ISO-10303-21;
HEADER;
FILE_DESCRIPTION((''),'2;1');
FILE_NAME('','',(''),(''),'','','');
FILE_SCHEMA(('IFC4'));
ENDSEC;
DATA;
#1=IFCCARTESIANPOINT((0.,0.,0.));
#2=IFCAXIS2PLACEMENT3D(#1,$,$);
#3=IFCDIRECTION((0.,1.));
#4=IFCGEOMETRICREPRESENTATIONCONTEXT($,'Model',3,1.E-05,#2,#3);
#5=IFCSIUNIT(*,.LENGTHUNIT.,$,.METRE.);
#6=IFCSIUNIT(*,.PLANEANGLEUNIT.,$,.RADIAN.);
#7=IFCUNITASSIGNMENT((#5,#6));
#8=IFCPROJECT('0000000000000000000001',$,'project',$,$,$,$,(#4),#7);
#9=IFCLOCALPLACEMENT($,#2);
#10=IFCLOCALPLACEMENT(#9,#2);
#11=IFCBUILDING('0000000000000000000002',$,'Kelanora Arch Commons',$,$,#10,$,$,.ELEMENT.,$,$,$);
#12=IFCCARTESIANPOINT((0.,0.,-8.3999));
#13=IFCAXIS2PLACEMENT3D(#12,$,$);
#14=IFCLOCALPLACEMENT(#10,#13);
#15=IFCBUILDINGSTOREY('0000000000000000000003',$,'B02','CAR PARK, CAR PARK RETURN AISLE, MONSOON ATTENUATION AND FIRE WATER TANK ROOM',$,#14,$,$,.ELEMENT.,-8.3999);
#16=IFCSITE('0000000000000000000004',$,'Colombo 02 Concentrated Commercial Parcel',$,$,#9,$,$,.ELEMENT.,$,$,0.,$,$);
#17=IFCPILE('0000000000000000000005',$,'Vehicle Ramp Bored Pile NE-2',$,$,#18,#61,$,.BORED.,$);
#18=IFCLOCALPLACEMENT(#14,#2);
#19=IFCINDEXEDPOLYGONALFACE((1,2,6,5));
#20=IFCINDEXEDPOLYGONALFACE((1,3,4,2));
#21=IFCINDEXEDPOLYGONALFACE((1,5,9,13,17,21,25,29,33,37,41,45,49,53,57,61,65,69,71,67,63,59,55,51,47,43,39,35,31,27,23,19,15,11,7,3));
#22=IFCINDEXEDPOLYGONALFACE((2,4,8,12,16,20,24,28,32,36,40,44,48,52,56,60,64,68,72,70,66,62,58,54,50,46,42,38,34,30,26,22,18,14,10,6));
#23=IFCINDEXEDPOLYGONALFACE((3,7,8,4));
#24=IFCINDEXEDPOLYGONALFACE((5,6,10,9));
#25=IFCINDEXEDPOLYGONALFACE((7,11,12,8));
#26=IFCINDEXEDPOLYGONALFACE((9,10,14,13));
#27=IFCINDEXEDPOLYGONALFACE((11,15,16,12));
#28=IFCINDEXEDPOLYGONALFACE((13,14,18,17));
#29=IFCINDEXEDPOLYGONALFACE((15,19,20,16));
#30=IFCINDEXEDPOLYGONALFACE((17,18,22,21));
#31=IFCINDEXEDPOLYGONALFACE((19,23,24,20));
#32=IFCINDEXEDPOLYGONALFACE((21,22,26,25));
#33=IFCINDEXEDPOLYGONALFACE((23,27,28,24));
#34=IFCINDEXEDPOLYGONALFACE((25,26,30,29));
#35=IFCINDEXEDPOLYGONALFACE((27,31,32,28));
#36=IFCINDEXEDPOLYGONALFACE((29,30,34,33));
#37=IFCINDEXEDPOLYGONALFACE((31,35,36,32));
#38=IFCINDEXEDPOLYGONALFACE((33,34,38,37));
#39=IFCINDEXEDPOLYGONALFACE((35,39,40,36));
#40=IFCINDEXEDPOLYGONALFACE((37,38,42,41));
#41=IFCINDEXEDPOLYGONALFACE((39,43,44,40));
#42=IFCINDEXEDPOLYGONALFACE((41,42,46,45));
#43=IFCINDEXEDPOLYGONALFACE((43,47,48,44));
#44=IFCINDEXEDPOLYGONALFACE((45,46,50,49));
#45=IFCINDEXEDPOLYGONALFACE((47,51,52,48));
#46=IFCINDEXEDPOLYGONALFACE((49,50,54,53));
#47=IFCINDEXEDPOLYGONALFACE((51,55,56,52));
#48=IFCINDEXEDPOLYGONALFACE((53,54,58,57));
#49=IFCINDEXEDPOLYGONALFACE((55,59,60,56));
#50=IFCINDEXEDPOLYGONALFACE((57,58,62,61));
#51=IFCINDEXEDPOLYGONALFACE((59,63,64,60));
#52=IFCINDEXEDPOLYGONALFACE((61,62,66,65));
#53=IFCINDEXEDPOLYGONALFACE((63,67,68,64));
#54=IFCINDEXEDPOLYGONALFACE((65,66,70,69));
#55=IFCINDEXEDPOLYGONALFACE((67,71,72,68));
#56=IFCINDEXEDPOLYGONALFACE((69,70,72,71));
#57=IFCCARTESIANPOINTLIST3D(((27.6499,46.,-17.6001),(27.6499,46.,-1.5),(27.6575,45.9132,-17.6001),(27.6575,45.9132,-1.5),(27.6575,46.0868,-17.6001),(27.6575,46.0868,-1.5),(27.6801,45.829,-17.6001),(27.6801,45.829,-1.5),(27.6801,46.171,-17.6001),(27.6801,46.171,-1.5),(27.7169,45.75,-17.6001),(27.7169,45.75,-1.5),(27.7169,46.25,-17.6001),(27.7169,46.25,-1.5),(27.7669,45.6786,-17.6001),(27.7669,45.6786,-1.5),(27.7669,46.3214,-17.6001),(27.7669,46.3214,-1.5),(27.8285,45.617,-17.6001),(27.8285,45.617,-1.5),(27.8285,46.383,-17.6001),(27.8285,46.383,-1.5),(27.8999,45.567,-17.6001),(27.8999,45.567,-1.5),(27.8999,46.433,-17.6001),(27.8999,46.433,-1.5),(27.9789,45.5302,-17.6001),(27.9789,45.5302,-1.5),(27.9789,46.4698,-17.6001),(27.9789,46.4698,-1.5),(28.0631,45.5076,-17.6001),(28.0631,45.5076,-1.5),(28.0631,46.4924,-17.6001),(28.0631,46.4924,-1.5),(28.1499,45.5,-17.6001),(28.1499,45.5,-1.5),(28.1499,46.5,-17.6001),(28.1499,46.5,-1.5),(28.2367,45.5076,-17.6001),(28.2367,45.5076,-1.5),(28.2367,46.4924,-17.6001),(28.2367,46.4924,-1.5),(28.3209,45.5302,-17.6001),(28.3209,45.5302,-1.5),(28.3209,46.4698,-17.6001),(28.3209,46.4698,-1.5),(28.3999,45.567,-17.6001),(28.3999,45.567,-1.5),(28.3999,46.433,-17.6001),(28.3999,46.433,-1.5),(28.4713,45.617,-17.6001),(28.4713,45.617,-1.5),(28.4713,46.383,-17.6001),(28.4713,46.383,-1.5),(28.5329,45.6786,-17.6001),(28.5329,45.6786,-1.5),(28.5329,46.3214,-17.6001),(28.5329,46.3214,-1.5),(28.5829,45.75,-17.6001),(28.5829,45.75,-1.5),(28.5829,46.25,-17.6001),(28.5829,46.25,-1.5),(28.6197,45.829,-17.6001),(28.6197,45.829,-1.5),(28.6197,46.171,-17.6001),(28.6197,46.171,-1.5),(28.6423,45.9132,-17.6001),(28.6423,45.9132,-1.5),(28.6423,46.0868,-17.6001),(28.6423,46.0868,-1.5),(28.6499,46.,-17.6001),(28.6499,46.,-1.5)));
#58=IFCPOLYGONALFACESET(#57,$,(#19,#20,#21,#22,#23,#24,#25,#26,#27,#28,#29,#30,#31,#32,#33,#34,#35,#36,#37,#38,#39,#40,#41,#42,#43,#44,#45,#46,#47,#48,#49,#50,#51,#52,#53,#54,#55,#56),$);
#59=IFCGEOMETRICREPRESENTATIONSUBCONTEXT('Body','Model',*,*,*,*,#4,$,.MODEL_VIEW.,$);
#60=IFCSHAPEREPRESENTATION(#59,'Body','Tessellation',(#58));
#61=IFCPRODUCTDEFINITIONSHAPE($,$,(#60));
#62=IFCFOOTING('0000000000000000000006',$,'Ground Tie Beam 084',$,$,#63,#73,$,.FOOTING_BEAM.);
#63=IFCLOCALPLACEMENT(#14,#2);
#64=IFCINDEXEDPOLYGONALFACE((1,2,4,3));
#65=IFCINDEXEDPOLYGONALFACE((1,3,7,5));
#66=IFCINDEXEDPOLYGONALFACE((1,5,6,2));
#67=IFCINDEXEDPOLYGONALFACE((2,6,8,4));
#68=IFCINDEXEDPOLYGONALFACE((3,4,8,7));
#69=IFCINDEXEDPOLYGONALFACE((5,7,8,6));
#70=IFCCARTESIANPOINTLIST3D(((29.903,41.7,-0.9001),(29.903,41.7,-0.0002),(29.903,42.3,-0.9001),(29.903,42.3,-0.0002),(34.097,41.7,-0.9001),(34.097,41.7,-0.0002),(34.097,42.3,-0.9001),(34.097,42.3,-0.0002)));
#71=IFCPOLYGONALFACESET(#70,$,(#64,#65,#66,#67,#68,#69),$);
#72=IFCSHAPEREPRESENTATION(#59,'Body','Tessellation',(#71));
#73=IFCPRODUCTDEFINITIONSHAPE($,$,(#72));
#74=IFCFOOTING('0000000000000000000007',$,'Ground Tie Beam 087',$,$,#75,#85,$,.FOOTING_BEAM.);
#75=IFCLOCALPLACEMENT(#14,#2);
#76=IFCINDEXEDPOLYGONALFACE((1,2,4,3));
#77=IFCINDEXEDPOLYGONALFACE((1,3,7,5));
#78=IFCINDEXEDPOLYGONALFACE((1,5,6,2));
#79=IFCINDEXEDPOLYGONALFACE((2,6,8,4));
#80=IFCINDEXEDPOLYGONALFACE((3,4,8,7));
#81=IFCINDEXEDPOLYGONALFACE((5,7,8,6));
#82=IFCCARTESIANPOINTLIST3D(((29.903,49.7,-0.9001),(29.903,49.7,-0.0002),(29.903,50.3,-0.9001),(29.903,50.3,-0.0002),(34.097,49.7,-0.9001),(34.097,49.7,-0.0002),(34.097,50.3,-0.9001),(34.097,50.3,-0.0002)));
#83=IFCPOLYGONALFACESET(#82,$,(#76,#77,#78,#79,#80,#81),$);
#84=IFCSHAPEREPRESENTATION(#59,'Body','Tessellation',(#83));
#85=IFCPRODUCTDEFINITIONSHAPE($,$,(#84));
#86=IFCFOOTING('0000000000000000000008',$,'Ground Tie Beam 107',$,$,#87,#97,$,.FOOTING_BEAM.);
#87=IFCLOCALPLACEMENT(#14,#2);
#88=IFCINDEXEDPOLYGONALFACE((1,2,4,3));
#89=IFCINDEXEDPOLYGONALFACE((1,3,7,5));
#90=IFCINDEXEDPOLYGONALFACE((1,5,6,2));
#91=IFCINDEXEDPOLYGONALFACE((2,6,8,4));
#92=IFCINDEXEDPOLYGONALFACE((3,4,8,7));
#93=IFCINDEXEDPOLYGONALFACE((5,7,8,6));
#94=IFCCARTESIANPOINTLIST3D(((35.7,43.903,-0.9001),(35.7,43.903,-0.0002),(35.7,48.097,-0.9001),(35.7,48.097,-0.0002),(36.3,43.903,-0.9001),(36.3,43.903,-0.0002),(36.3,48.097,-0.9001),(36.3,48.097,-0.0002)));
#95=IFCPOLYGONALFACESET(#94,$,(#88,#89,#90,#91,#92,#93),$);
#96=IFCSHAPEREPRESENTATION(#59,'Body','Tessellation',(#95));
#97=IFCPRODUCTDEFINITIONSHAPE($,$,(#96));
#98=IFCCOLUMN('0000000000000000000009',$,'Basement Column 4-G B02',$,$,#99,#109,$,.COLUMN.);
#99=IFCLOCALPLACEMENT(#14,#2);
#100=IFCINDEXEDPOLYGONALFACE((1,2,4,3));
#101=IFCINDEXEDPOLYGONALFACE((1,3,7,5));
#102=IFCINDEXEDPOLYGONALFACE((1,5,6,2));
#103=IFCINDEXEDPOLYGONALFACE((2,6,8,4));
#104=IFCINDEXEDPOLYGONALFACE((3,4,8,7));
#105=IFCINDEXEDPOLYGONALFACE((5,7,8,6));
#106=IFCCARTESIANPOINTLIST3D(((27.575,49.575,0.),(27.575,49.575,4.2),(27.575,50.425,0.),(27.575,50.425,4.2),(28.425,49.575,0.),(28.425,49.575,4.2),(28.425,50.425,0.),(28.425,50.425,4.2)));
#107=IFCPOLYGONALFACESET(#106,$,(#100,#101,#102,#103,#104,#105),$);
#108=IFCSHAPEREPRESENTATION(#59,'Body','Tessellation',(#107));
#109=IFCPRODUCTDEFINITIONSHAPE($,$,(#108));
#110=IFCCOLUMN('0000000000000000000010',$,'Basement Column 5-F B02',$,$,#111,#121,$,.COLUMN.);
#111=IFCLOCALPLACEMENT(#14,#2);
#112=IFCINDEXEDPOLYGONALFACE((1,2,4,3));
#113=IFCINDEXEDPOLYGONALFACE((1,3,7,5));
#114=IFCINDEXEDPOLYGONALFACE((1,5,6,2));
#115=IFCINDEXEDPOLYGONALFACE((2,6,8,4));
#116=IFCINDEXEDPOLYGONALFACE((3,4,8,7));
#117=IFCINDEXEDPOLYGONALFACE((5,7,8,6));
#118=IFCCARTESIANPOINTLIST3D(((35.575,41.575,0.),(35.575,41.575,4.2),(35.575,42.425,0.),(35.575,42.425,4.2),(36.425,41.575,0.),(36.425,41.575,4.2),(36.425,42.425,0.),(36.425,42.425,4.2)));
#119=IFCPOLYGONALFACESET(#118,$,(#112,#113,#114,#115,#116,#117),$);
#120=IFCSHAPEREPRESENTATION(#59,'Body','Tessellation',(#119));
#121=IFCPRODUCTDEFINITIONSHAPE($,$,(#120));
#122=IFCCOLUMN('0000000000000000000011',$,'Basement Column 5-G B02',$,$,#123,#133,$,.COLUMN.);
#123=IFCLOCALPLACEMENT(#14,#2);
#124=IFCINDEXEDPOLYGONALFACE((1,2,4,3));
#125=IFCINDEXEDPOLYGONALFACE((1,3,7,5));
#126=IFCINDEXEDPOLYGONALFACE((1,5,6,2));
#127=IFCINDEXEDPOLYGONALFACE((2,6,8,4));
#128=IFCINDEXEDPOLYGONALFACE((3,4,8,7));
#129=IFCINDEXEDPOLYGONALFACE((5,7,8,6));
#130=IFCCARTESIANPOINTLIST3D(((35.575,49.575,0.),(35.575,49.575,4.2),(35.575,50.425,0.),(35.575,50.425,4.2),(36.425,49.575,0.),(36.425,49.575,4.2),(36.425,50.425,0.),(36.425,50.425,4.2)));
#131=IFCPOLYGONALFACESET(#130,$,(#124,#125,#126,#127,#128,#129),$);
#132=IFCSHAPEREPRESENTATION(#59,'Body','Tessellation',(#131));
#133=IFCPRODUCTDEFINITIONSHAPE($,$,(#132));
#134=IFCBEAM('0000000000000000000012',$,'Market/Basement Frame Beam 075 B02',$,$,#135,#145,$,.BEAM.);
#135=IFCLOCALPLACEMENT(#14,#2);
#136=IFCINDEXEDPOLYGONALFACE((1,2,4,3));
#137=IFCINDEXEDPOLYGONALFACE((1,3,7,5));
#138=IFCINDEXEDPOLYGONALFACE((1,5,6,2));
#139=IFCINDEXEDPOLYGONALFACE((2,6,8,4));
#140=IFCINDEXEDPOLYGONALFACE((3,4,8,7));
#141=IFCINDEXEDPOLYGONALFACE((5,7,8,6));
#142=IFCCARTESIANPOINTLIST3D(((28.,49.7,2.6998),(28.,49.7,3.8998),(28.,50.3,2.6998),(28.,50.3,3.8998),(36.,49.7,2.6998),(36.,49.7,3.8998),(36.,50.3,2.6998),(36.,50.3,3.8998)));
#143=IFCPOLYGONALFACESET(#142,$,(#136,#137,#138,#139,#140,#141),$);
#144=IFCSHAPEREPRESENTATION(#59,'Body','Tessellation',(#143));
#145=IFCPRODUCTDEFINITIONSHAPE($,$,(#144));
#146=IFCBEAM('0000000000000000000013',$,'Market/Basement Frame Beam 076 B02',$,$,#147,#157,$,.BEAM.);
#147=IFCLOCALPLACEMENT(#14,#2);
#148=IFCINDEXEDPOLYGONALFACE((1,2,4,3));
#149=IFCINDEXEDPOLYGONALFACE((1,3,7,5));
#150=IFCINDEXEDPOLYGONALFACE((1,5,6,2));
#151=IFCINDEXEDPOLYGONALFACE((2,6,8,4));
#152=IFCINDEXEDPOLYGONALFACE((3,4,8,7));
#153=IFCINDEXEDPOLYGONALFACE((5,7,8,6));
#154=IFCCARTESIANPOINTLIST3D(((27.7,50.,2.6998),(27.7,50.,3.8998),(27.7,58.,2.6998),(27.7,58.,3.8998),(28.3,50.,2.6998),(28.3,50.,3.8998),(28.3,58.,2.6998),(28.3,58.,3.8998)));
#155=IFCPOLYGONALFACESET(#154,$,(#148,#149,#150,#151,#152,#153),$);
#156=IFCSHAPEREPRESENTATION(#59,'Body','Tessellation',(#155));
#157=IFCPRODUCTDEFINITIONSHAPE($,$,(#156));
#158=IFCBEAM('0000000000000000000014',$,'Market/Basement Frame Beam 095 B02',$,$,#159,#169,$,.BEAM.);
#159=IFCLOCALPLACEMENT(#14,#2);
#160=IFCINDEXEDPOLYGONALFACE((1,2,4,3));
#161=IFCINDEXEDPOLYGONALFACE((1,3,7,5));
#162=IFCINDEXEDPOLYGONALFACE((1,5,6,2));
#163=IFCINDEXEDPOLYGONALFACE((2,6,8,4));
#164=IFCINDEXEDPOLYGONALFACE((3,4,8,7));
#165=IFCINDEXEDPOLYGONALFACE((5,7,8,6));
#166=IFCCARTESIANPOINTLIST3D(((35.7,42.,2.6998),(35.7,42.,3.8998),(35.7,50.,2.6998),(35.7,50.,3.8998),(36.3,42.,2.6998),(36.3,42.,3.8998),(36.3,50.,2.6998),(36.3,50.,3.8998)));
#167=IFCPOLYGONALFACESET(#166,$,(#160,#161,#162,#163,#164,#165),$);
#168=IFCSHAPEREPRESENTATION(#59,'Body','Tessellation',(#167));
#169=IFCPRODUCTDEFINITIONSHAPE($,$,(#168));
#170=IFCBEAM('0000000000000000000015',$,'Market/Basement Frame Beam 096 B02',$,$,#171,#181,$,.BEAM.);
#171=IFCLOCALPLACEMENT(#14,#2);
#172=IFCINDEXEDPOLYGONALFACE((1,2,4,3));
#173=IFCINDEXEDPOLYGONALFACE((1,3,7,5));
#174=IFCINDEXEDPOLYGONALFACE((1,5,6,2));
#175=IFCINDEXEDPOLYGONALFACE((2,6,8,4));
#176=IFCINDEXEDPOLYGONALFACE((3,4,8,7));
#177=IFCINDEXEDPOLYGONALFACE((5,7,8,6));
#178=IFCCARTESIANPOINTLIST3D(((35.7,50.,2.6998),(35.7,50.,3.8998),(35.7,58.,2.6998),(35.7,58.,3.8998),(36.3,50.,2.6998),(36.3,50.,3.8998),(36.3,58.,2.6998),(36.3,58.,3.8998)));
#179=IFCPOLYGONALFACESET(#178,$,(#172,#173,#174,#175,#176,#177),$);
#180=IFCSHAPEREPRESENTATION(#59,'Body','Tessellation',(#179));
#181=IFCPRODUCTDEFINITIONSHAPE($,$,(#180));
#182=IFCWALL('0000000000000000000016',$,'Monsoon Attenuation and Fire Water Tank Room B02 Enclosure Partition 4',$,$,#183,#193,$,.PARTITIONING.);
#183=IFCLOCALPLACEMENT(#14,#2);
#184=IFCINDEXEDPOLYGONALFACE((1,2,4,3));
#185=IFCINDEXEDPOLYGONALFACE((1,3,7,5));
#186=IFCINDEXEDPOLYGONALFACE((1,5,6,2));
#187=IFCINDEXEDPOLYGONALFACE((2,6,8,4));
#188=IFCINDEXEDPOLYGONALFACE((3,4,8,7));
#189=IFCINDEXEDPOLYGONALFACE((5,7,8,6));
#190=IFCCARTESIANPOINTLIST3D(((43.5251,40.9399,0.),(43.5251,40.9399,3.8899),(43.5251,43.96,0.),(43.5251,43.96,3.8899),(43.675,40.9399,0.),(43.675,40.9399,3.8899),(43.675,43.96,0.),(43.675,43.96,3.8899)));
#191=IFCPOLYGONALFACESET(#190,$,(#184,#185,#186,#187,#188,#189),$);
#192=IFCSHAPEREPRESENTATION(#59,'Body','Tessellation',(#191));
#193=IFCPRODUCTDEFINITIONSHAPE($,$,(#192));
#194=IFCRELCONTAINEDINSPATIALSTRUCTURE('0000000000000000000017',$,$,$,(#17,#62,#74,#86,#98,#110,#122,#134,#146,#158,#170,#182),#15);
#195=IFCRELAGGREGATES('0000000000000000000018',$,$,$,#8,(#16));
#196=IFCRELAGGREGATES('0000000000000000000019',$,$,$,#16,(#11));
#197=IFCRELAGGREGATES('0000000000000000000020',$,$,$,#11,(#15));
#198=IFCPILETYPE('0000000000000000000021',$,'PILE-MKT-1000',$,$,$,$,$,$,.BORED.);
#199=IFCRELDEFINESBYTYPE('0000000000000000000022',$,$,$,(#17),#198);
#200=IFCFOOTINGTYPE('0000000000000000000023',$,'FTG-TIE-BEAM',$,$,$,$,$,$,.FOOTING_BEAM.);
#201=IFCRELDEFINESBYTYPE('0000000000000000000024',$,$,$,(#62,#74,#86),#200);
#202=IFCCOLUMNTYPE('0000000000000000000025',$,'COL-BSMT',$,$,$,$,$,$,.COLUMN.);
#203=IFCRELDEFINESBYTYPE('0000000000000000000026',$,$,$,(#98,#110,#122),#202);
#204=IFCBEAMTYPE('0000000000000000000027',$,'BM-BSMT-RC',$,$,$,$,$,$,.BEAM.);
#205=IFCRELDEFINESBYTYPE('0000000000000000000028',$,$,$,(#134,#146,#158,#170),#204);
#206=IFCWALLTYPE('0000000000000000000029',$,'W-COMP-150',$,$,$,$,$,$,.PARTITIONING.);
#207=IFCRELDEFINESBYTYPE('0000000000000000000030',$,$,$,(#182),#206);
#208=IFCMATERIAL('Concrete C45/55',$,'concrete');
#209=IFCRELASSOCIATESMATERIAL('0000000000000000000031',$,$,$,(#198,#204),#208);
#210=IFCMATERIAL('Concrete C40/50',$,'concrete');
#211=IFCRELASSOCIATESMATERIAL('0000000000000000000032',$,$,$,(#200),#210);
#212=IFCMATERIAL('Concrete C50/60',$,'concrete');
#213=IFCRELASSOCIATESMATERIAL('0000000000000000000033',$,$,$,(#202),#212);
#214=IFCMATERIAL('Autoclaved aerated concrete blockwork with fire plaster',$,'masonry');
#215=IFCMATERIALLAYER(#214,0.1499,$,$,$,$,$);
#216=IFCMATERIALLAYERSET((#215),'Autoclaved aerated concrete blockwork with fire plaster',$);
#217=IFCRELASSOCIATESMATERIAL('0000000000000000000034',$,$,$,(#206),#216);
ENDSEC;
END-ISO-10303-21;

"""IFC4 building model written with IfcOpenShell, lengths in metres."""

from ifc_helpers import new_model, si_unit, direction, frame, frame_2d, origin, origin_2d, place, context, subcontext, project, spatial, rectangle, circle, extrude, source, transform, mapped, material, layer, layer_set, material_profile, profile_set, type_object, element, save


model = new_model("IFC4")

# Units and contexts
model_context = context("Model", 3, precision=1e-05, world=origin(), true_north=direction((0.0, 1.0)))
body_context = subcontext(model_context, "Body", "Model", "MODEL_VIEW")
ifc_project = project(units=[si_unit("LENGTHUNIT", "METRE"), si_unit("PLANEANGLEUNIT", "RADIAN")], contexts=[model_context])

# Site, building, storey
site_placement = place(None, origin())
site = spatial("IfcSite", under=ifc_project, at=site_placement, Name="Colombo 02 Concentrated Commercial Parcel", CompositionType="ELEMENT", RefElevation=0.0)
building_placement = place(site_placement, origin())
building = spatial("IfcBuilding", under=site, at=building_placement, Name="Kelanora Arch Commons", CompositionType="ELEMENT")
storey_placement = place(building_placement, frame((0.0, 0.0, -8.3999)))
storey = spatial("IfcBuildingStorey", under=building, at=storey_placement, Name="B02", Description="CAR PARK, CAR PARK RETURN AISLE, MONSOON ATTENUATION AND FIRE WATER TANK ROOM", CompositionType="ELEMENT", Elevation=-8.3999)

# Shared definitions
ifc_material_1 = material(Name="Concrete C40/50", Category="concrete")

# Pile
ifc_material_2 = material(Name="Concrete C45/55", Category="concrete")
ifc_material_profile_1 = material_profile(ifc_material_2, circle(Radius=0.5, at=origin_2d()), Name="PILE1000")
ifc_profile_set_1 = profile_set([ifc_material_profile_1], Name="Concrete C45/55")
pile_type = type_object("IfcPileType", Name="PILE-MKT-1000", PredefinedType="BORED", material=ifc_profile_set_1)
shared_shape_1 = source(origin(), body_context, "Body", "SweptSolid", [
    extrude(circle(Radius=0.5, at=origin_2d()), origin(), (0.0, 0.0, 1.0), 16.1001),
])
pile_placement = place(storey_placement, frame((28.1499, 46.0, -1.5), z_axis=(0.0, 0.0, -1.0), x_axis=(1.0, 0.0, 0.0)))
element("IfcPile", 1, at=pile_placement, inside=storey, type_object=pile_type, Name="Vehicle Ramp Bored Pile NE-2", PredefinedType="BORED", context=body_context, shape_type="MappedRepresentation", body=[
    mapped(shared_shape_1, transform((0.0, 0.0, 0.0), scale=1.0)),
])

# Footings
footing_type_1 = type_object("IfcFootingType", Name="FTG-TIE-BEAM", PredefinedType="FOOTING_BEAM", material=ifc_material_1)
shared_shape_2 = source(origin(), body_context, "Body", "SweptSolid", [
    extrude(rectangle(XDim=4.1941, YDim=0.6001, at=origin_2d()), origin(), (0.0, 0.0, 1.0), 0.8999),
])
for number, where, z_axis, x_axis, name in (
    (2, (32.0, 42.0, -0.9001), (0.0, 0.0, 1.0), (1.0, 0.0, 0.0), "Ground Tie Beam 084"),
    (3, (32.0, 50.0, -0.9001), (0.0, 0.0, 1.0), (1.0, 0.0, 0.0), "Ground Tie Beam 087"),
    (4, (36.0, 46.0, -0.9001), (0.0, 0.0, 1.0), (0.0, 1.0, 0.0), "Ground Tie Beam 107"),
):
    element("IfcFooting", number, at=place(storey_placement, frame(where, z_axis=z_axis, x_axis=x_axis)), inside=storey, type_object=footing_type_1, Name=name, PredefinedType="FOOTING_BEAM", context=body_context, shape_type="MappedRepresentation", body=[
        mapped(shared_shape_2, transform((0.0, 0.0, 0.0), scale=1.0)),
    ])

# Columns
ifc_material_3 = material(Name="Concrete C50/60", Category="concrete")
ifc_material_profile_2 = material_profile(ifc_material_3, rectangle(XDim=0.8501, YDim=0.8501, at=origin_2d()), Name="RC850x850")
ifc_profile_set_2 = profile_set([ifc_material_profile_2], Name="Concrete C50/60")
column_type = type_object("IfcColumnType", Name="COL-BSMT", PredefinedType="COLUMN", material=ifc_profile_set_2)
for number, where, z_axis, x_axis, name in (
    (5, (28.0, 50.0, 0.0), (0.0, 0.0, 1.0), (1.0, 0.0, 0.0), "Basement Column 4-G B02"),
    (6, (36.0, 42.0, 0.0), (0.0, 0.0, 1.0), (1.0, 0.0, 0.0), "Basement Column 5-F B02"),
    (7, (36.0, 50.0, 0.0), (0.0, 0.0, 1.0), (1.0, 0.0, 0.0), "Basement Column 5-G B02"),
):
    element("IfcColumn", number, at=place(storey_placement, frame(where, z_axis=z_axis, x_axis=x_axis)), inside=storey, type_object=column_type, Name=name, PredefinedType="COLUMN", context=body_context, shape_type="SweptSolid", body=[
        extrude(rectangle(XDim=0.8501, YDim=0.8501, at=origin_2d()), origin(), (0.0, 0.0, 1.0), 4.2),
    ])

# Beams
ifc_material_profile_3 = material_profile(ifc_material_2, rectangle(XDim=0.6001, YDim=1.2, at=origin_2d()), Name="RCB600x1200")
ifc_profile_set_3 = profile_set([ifc_material_profile_3], Name="Concrete C45/55")
beam_type = type_object("IfcBeamType", Name="BM-BSMT-RC", PredefinedType="BEAM", material=ifc_profile_set_3)
for number, where, z_axis, x_axis, name in (
    (8, (28.0, 50.0, 3.2998), (1.0, 0.0, 0.0), (0.0, 1.0, 0.0), "Market/Basement Frame Beam 075 B02"),
    (9, (28.0, 50.0, 3.2998), (0.0, 1.0, 0.0), (-1.0, 0.0, 0.0), "Market/Basement Frame Beam 076 B02"),
    (10, (36.0, 42.0, 3.2998), (0.0, 1.0, 0.0), (-1.0, 0.0, 0.0), "Market/Basement Frame Beam 095 B02"),
    (11, (36.0, 50.0, 3.2998), (0.0, 1.0, 0.0), (-1.0, 0.0, 0.0), "Market/Basement Frame Beam 096 B02"),
):
    element("IfcBeam", number, at=place(storey_placement, frame(where, z_axis=z_axis, x_axis=x_axis)), inside=storey, type_object=beam_type, Name=name, PredefinedType="BEAM", context=body_context, shape_type="SweptSolid", body=[
        extrude(rectangle(XDim=0.6001, YDim=1.2, at=origin_2d()), origin(), (0.0, 0.0, 1.0), 8.0),
    ])

# Wall
ifc_material_4 = material(Name="Autoclaved aerated concrete blockwork with fire plaster", Category="masonry")
ifc_layer = layer(ifc_material_4, 0.1499)
ifc_layer_set = layer_set([ifc_layer], Name="Autoclaved aerated concrete blockwork with fire plaster")
wall_type = type_object("IfcWallType", Name="W-COMP-150", PredefinedType="PARTITIONING", material=ifc_layer_set)
wall_placement = place(storey_placement, frame((43.6001, 43.96, 0.0), z_axis=(0.0, 0.0, 1.0), x_axis=(0.0, -1.0, 0.0)))
element("IfcWall", 12, at=wall_placement, inside=storey, type_object=wall_type, Name="Monsoon Attenuation and Fire Water Tank Room B02 Enclosure Partition 4", PredefinedType="PARTITIONING", context=body_context, shape_type="SweptSolid", body=[
    extrude(rectangle(XDim=3.02, YDim=0.1499, at=frame_2d((1.51, 0.0))), origin(), (0.0, 0.0, 1.0), 3.8899),
])

save(model, "model.ifc")
